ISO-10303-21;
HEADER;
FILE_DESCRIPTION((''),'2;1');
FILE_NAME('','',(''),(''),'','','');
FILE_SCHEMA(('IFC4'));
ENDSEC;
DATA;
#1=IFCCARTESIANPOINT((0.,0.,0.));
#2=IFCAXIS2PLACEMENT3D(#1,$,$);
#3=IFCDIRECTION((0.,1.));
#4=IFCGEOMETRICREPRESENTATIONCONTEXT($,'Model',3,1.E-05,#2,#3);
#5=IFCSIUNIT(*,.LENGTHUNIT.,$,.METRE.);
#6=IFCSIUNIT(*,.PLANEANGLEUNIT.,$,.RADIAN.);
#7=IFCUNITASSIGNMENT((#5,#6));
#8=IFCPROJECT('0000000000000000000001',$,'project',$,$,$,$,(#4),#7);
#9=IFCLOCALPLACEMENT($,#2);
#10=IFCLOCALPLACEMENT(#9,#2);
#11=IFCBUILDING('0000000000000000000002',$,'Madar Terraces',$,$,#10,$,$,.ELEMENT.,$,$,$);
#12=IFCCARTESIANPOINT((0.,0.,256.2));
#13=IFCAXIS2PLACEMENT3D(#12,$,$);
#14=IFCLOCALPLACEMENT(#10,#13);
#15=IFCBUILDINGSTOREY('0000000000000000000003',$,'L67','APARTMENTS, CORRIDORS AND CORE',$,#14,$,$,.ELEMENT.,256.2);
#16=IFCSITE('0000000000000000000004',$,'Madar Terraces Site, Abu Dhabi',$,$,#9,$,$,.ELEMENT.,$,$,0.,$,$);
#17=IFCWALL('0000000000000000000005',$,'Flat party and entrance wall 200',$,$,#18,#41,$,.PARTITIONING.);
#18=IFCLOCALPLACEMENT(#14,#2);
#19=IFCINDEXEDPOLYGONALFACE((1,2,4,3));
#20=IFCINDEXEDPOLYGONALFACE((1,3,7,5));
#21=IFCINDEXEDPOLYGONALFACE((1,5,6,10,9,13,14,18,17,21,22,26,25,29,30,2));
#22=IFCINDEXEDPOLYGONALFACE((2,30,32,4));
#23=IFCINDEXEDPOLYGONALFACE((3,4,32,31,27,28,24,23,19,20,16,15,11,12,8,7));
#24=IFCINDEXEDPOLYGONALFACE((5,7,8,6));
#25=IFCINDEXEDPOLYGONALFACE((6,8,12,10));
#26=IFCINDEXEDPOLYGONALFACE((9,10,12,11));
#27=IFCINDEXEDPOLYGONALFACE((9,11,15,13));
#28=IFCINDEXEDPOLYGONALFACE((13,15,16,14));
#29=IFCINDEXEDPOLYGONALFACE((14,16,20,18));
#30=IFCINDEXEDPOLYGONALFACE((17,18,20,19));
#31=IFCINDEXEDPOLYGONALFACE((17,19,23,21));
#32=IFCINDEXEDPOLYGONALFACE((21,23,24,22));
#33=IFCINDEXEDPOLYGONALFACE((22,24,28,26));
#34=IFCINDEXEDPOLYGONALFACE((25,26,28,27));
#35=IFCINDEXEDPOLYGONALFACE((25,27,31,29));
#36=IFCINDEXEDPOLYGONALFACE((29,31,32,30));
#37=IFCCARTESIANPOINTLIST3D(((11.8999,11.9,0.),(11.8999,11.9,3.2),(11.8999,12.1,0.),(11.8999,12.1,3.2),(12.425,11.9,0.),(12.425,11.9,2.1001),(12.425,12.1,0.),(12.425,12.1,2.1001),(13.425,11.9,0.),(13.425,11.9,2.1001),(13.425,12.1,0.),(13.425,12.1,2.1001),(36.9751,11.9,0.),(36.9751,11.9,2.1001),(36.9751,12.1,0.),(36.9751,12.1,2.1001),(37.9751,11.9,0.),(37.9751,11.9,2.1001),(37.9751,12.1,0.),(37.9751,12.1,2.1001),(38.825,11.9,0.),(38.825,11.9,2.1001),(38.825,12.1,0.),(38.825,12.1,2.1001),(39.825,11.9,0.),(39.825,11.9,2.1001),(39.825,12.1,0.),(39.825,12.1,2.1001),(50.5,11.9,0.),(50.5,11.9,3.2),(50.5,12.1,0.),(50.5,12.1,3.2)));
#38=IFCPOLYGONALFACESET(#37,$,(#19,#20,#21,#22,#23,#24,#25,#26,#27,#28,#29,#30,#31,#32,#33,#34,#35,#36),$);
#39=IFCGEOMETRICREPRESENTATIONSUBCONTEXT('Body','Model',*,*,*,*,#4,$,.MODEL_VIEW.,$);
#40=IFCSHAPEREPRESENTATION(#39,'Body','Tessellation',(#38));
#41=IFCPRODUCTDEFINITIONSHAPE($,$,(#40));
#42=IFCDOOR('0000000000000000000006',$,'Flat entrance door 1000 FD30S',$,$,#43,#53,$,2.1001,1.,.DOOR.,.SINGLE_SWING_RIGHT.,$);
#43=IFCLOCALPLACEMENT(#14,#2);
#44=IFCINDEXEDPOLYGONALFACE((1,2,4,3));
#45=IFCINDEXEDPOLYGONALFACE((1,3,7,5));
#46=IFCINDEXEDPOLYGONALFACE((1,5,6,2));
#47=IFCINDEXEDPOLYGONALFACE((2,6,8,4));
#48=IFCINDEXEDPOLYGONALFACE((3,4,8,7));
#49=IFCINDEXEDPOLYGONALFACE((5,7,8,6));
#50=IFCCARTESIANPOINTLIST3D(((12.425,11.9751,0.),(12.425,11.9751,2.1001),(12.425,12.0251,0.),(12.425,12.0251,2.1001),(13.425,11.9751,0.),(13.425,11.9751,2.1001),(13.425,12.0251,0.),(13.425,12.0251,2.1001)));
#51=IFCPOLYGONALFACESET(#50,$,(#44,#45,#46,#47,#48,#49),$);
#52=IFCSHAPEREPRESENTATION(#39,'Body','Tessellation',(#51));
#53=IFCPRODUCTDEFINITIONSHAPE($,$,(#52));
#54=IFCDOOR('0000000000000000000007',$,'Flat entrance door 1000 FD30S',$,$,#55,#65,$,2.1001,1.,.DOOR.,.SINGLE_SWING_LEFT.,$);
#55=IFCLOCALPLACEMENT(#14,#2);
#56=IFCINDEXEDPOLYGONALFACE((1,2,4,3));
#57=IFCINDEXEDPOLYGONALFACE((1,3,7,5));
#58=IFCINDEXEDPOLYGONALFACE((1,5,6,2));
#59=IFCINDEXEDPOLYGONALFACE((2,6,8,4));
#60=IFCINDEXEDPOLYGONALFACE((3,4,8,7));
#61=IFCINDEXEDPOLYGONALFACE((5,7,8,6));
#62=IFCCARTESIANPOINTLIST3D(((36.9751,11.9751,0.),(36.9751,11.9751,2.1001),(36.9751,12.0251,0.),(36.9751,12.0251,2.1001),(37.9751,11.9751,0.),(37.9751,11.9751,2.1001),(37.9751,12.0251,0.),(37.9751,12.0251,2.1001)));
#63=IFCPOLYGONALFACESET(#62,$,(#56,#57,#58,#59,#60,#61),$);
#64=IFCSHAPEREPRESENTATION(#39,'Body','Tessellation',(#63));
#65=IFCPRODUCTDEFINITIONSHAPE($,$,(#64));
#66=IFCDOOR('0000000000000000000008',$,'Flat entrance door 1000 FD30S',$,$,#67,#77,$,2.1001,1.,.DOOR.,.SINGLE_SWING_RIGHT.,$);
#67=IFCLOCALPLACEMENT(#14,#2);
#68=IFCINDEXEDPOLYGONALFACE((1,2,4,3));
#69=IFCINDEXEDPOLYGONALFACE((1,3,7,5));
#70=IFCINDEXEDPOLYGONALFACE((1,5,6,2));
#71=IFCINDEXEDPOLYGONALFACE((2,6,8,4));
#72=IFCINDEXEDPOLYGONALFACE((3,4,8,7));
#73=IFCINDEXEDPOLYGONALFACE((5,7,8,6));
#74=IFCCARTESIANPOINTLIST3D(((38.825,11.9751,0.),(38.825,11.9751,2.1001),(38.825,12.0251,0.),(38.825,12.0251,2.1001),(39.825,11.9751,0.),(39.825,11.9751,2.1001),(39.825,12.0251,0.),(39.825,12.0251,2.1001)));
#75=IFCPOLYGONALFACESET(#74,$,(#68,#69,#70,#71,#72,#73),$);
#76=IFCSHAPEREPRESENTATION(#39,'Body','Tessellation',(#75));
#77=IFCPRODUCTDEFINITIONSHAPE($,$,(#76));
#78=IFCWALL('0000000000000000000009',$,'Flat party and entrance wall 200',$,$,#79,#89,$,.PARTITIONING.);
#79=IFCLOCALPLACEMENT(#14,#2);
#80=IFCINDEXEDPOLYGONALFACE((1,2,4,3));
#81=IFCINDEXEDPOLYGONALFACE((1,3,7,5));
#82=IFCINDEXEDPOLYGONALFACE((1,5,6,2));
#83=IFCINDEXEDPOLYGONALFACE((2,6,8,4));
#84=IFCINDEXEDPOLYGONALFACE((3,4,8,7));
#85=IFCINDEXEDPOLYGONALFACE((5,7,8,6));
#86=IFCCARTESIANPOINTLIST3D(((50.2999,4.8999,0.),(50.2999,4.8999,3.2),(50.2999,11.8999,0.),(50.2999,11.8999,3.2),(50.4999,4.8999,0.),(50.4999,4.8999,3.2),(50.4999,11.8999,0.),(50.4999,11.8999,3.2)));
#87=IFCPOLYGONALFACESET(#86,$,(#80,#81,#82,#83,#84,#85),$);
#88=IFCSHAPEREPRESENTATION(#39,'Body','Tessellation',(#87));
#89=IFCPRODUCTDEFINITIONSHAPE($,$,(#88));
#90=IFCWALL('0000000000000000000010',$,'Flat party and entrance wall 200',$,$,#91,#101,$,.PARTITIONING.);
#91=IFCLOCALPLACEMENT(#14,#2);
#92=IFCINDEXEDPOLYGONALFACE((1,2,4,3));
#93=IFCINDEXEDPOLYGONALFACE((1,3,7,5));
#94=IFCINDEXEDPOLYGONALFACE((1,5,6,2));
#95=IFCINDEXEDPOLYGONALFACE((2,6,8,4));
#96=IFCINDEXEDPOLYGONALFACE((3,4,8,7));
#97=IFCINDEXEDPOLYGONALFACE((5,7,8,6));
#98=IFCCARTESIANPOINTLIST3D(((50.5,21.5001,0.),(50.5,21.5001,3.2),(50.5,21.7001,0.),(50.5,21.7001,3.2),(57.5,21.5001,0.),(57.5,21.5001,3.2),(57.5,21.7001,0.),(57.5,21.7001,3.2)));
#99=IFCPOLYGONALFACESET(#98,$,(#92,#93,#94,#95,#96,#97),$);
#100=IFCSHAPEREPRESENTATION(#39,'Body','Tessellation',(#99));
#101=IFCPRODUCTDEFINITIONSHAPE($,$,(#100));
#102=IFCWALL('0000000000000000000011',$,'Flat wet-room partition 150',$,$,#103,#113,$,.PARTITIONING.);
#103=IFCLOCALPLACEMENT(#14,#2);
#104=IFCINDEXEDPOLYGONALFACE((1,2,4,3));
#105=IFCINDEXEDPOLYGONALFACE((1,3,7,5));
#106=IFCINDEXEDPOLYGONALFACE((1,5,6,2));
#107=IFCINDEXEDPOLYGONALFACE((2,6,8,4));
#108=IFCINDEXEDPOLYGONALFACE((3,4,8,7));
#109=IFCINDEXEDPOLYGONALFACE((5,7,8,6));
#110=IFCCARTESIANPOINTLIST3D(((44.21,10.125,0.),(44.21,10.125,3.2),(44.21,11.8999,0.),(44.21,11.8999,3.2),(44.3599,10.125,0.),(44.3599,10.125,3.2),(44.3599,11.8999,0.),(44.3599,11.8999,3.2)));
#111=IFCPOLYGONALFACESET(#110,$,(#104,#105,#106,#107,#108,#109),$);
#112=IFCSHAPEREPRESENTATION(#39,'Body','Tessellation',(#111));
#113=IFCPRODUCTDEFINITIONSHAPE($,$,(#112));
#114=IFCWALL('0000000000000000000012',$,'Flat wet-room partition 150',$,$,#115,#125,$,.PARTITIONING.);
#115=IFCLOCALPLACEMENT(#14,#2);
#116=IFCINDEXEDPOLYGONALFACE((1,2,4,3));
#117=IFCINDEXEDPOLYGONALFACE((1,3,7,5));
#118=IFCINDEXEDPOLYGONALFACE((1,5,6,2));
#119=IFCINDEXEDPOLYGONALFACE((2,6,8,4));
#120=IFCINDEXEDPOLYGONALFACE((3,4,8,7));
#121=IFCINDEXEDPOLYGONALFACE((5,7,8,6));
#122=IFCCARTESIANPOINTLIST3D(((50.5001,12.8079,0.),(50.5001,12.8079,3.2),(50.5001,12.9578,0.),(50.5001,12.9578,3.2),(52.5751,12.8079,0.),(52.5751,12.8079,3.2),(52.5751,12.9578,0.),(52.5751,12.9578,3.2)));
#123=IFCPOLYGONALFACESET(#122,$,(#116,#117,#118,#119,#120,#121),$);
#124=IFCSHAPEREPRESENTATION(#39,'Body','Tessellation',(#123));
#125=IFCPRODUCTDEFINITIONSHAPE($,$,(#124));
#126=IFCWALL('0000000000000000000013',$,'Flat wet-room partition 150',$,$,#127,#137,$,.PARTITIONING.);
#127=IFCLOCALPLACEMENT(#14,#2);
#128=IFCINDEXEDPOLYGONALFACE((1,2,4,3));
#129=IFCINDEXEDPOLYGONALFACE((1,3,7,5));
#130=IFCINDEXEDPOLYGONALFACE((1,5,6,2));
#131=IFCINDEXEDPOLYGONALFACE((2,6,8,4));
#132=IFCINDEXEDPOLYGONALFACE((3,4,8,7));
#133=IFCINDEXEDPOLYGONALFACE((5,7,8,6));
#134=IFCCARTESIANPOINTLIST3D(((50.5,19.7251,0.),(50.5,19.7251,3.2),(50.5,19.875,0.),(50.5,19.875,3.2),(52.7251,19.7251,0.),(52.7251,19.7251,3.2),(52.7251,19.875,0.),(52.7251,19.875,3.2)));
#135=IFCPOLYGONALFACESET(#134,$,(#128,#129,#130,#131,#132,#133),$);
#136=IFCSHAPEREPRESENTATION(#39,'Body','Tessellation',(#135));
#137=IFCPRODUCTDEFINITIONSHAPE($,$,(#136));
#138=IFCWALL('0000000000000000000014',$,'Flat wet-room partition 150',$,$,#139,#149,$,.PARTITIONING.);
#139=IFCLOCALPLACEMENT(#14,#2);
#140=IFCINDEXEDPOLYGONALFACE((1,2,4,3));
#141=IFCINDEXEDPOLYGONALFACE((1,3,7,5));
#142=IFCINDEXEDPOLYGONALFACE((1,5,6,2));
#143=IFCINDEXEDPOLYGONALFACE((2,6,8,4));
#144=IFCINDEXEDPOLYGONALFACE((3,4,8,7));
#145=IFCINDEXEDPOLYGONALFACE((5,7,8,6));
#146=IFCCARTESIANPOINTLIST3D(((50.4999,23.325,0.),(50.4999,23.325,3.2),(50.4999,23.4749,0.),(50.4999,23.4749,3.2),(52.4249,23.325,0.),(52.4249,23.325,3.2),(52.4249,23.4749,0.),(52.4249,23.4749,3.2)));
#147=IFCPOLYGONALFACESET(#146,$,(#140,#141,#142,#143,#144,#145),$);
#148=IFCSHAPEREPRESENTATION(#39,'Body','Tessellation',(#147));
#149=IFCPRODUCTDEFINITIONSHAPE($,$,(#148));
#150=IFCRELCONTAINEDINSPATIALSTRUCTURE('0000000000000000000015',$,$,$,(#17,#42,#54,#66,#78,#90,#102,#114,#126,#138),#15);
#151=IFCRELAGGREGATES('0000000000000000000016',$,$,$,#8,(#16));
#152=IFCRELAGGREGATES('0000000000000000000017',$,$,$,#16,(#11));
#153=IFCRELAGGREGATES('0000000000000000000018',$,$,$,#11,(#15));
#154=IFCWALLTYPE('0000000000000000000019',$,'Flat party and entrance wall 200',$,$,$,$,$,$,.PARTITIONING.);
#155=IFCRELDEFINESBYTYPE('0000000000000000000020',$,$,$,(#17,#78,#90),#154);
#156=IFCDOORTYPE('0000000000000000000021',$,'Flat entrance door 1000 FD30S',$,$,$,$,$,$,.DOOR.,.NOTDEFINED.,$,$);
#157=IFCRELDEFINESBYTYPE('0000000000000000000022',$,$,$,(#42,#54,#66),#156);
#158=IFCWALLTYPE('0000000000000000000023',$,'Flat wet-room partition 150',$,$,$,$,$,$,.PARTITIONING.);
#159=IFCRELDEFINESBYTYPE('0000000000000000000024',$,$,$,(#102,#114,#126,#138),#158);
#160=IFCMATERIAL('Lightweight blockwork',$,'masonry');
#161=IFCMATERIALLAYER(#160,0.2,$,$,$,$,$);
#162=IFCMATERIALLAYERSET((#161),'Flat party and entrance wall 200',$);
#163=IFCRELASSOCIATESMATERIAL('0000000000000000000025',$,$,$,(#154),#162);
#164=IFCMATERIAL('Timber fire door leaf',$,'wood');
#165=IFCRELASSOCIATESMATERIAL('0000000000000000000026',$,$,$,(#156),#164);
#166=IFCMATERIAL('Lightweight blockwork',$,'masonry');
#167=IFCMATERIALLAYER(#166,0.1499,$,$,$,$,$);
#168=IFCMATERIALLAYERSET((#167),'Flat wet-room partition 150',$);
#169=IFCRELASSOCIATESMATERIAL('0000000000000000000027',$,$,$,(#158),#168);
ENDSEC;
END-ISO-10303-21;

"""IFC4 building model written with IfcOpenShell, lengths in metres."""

from ifc_helpers import new_model, si_unit, direction, frame, frame_2d, origin, place, context, subcontext, project, spatial, rectangle, extrude, material, layer, layer_set, type_object, element, fill, save


model = new_model("IFC4")

# Units and contexts
model_context = context("Model", 3, precision=1e-05, world=origin(), true_north=direction((0.0, 1.0)))
body_context = subcontext(model_context, "Body", "Model", "MODEL_VIEW")
ifc_project = project(units=[si_unit("LENGTHUNIT", "METRE"), si_unit("PLANEANGLEUNIT", "RADIAN")], contexts=[model_context])

# Site, building, storey
site_placement = place(None, origin())
site = spatial("IfcSite", under=ifc_project, at=site_placement, Name="Madar Terraces Site, Abu Dhabi", CompositionType="ELEMENT", RefElevation=0.0)
building_placement = place(site_placement, origin())
building = spatial("IfcBuilding", under=site, at=building_placement, Name="Madar Terraces", CompositionType="ELEMENT")
storey_placement = place(building_placement, frame((0.0, 0.0, 256.2)))
storey = spatial("IfcBuildingStorey", under=building, at=storey_placement, Name="L67", Description="APARTMENTS, CORRIDORS AND CORE", CompositionType="ELEMENT", Elevation=256.2)

# Wall, openings, doors
ifc_material_1 = material(Name="Lightweight blockwork", Category="masonry")
ifc_layer_1 = layer(ifc_material_1, 0.2)
ifc_layer_set_1 = layer_set([ifc_layer_1], Name="Flat party and entrance wall 200")
wall_type_1 = type_object("IfcWallType", Name="Flat party and entrance wall 200", PredefinedType="PARTITIONING", material=ifc_layer_set_1)
wall_1_placement = place(storey_placement, frame((50.5, 12.0, 0.0), z_axis=(0.0, 0.0, 1.0), x_axis=(-1.0, 0.0, 0.0)))
wall_1 = element("IfcWall", 1, at=wall_1_placement, inside=storey, type_object=wall_type_1, Name="Flat party and entrance wall 200", PredefinedType="PARTITIONING", context=body_context, shape_type="SweptSolid", body=[
    extrude(rectangle(XDim=38.6001, YDim=0.2, at=frame_2d((19.3, 0.0))), origin(), (0.0, 0.0, 1.0), 3.2),
])
opening_1_placement = place(wall_1_placement, frame((37.075, 0.0, 0.0)))
opening_1 = element("IfcOpeningElement", 2, at=opening_1_placement, cuts=wall_1, PredefinedType="OPENING", context=body_context, shape_type="SweptSolid", body=[
    extrude(rectangle(XDim=1.0, YDim=2.1001, at=frame_2d((0.5, 1.05))), frame((0.0, 0.1099, 0.0), z_axis=(0.0, -1.0, 0.0), x_axis=(1.0, 0.0, 0.0)), (0.0, 0.0, 1.0), 0.22),
])
opening_2_placement = place(wall_1_placement, frame((12.5249, 0.0, 0.0)))
opening_2 = element("IfcOpeningElement", 3, at=opening_2_placement, cuts=wall_1, PredefinedType="OPENING", context=body_context, shape_type="SweptSolid", body=[
    extrude(rectangle(XDim=1.0, YDim=2.1001, at=frame_2d((0.5, 1.05))), frame((0.0, 0.1099, 0.0), z_axis=(0.0, -1.0, 0.0), x_axis=(1.0, 0.0, 0.0)), (0.0, 0.0, 1.0), 0.22),
])
opening_3_placement = place(wall_1_placement, frame((10.675, 0.0, 0.0)))
opening_3 = element("IfcOpeningElement", 4, at=opening_3_placement, cuts=wall_1, PredefinedType="OPENING", context=body_context, shape_type="SweptSolid", body=[
    extrude(rectangle(XDim=1.0, YDim=2.1001, at=frame_2d((0.5, 1.05))), frame((0.0, 0.1099, 0.0), z_axis=(0.0, -1.0, 0.0), x_axis=(1.0, 0.0, 0.0)), (0.0, 0.0, 1.0), 0.22),
])
ifc_material_2 = material(Name="Timber fire door leaf", Category="wood")
door_type_1 = type_object("IfcDoorType", Name="Flat entrance door 1000 FD30S", OperationType="NOTDEFINED", PredefinedType="DOOR", material=ifc_material_2)
door_1_placement = place(opening_1_placement, origin())
door_1 = element("IfcDoor", 5, at=door_1_placement, inside=storey, type_object=door_type_1, Name="Flat entrance door 1000 FD30S", OperationType="SINGLE_SWING_RIGHT", OverallHeight=2.1001, OverallWidth=1.0, PredefinedType="DOOR", context=body_context, shape_type="SweptSolid", body=[
    extrude(rectangle(XDim=1.0, YDim=2.1001, at=frame_2d((0.5, 1.05))), frame((0.0, 0.0249, 0.0), z_axis=(0.0, -1.0, 0.0), x_axis=(1.0, 0.0, 0.0)), (0.0, 0.0, 1.0), 0.05),
])
fill(opening_1, door_1)
door_2_placement = place(opening_2_placement, origin())
door_2 = element("IfcDoor", 6, at=door_2_placement, inside=storey, type_object=door_type_1, Name="Flat entrance door 1000 FD30S", OperationType="SINGLE_SWING_LEFT", OverallHeight=2.1001, OverallWidth=1.0, PredefinedType="DOOR", context=body_context, shape_type="SweptSolid", body=[
    extrude(rectangle(XDim=1.0, YDim=2.1001, at=frame_2d((0.5, 1.05))), frame((0.0, 0.0249, 0.0), z_axis=(0.0, -1.0, 0.0), x_axis=(1.0, 0.0, 0.0)), (0.0, 0.0, 1.0), 0.05),
])
fill(opening_2, door_2)
door_3_placement = place(opening_3_placement, origin())
door_3 = element("IfcDoor", 7, at=door_3_placement, inside=storey, type_object=door_type_1, Name="Flat entrance door 1000 FD30S", OperationType="SINGLE_SWING_RIGHT", OverallHeight=2.1001, OverallWidth=1.0, PredefinedType="DOOR", context=body_context, shape_type="SweptSolid", body=[
    extrude(rectangle(XDim=1.0, YDim=2.1001, at=frame_2d((0.5, 1.05))), frame((0.0, 0.0249, 0.0), z_axis=(0.0, -1.0, 0.0), x_axis=(1.0, 0.0, 0.0)), (0.0, 0.0, 1.0), 0.05),
])
fill(opening_3, door_3)

# Walls
for number, where, z_axis, x_axis, name in (
    (8, (50.3999, 11.8999, 0.0), (0.0, 0.0, 1.0), (0.0, -1.0, 0.0), "Flat party and entrance wall 200"),
    (9, (50.5, 21.6001, 0.0), (0.0, 0.0, 1.0), (1.0, 0.0, 0.0), "Flat party and entrance wall 200"),
):
    element("IfcWall", number, at=place(storey_placement, frame(where, z_axis=z_axis, x_axis=x_axis)), inside=storey, type_object=wall_type_1, Name=name, PredefinedType="PARTITIONING", context=body_context, shape_type="SweptSolid", body=[
        extrude(rectangle(XDim=7.0, YDim=0.2, at=frame_2d((3.5, 0.0))), origin(), (0.0, 0.0, 1.0), 3.2),
    ])
ifc_material_3 = material(Name="Lightweight blockwork", Category="masonry")
ifc_layer_2 = layer(ifc_material_3, 0.1499)
ifc_layer_set_2 = layer_set([ifc_layer_2], Name="Flat wet-room partition 150")
wall_type_2 = type_object("IfcWallType", Name="Flat wet-room partition 150", PredefinedType="PARTITIONING", material=ifc_layer_set_2)
wall_2_placement = place(storey_placement, frame((44.2849, 11.8999, 0.0), z_axis=(0.0, 0.0, 1.0), x_axis=(0.0, -1.0, 0.0)))
element("IfcWall", 10, at=wall_2_placement, inside=storey, type_object=wall_type_2, Name="Flat wet-room partition 150", PredefinedType="PARTITIONING", context=body_context, shape_type="SweptSolid", body=[
    extrude(rectangle(XDim=1.7749, YDim=0.1499, at=frame_2d((0.8875, 0.0))), origin(), (0.0, 0.0, 1.0), 3.2),
])
wall_3_placement = place(storey_placement, frame((50.5, 12.8828, 0.0), z_axis=(0.0, 0.0, 1.0), x_axis=(1.0, 0.0, 0.0)))
element("IfcWall", 11, at=wall_3_placement, inside=storey, type_object=wall_type_2, Name="Flat wet-room partition 150", PredefinedType="PARTITIONING", context=body_context, shape_type="SweptSolid", body=[
    extrude(rectangle(XDim=2.075, YDim=0.1499, at=frame_2d((1.0376, 0.0))), origin(), (0.0, 0.0, 1.0), 3.2),
])
wall_4_placement = place(storey_placement, frame((50.5, 19.8, 0.0), z_axis=(0.0, 0.0, 1.0), x_axis=(1.0, 0.0, 0.0)))
element("IfcWall", 12, at=wall_4_placement, inside=storey, type_object=wall_type_2, Name="Flat wet-room partition 150", PredefinedType="PARTITIONING", context=body_context, shape_type="SweptSolid", body=[
    extrude(rectangle(XDim=2.2251, YDim=0.1499, at=frame_2d((1.1125, 0.0))), origin(), (0.0, 0.0, 1.0), 3.2),
])
wall_5_placement = place(storey_placement, frame((50.5, 23.3999, 0.0), z_axis=(0.0, 0.0, 1.0), x_axis=(1.0, 0.0, 0.0)))
element("IfcWall", 13, at=wall_5_placement, inside=storey, type_object=wall_type_2, Name="Flat wet-room partition 150", PredefinedType="PARTITIONING", context=body_context, shape_type="SweptSolid", body=[
    extrude(rectangle(XDim=1.925, YDim=0.1499, at=frame_2d((0.9624, 0.0))), origin(), (0.0, 0.0, 1.0), 3.2),
])

save(model, "model.ifc")
